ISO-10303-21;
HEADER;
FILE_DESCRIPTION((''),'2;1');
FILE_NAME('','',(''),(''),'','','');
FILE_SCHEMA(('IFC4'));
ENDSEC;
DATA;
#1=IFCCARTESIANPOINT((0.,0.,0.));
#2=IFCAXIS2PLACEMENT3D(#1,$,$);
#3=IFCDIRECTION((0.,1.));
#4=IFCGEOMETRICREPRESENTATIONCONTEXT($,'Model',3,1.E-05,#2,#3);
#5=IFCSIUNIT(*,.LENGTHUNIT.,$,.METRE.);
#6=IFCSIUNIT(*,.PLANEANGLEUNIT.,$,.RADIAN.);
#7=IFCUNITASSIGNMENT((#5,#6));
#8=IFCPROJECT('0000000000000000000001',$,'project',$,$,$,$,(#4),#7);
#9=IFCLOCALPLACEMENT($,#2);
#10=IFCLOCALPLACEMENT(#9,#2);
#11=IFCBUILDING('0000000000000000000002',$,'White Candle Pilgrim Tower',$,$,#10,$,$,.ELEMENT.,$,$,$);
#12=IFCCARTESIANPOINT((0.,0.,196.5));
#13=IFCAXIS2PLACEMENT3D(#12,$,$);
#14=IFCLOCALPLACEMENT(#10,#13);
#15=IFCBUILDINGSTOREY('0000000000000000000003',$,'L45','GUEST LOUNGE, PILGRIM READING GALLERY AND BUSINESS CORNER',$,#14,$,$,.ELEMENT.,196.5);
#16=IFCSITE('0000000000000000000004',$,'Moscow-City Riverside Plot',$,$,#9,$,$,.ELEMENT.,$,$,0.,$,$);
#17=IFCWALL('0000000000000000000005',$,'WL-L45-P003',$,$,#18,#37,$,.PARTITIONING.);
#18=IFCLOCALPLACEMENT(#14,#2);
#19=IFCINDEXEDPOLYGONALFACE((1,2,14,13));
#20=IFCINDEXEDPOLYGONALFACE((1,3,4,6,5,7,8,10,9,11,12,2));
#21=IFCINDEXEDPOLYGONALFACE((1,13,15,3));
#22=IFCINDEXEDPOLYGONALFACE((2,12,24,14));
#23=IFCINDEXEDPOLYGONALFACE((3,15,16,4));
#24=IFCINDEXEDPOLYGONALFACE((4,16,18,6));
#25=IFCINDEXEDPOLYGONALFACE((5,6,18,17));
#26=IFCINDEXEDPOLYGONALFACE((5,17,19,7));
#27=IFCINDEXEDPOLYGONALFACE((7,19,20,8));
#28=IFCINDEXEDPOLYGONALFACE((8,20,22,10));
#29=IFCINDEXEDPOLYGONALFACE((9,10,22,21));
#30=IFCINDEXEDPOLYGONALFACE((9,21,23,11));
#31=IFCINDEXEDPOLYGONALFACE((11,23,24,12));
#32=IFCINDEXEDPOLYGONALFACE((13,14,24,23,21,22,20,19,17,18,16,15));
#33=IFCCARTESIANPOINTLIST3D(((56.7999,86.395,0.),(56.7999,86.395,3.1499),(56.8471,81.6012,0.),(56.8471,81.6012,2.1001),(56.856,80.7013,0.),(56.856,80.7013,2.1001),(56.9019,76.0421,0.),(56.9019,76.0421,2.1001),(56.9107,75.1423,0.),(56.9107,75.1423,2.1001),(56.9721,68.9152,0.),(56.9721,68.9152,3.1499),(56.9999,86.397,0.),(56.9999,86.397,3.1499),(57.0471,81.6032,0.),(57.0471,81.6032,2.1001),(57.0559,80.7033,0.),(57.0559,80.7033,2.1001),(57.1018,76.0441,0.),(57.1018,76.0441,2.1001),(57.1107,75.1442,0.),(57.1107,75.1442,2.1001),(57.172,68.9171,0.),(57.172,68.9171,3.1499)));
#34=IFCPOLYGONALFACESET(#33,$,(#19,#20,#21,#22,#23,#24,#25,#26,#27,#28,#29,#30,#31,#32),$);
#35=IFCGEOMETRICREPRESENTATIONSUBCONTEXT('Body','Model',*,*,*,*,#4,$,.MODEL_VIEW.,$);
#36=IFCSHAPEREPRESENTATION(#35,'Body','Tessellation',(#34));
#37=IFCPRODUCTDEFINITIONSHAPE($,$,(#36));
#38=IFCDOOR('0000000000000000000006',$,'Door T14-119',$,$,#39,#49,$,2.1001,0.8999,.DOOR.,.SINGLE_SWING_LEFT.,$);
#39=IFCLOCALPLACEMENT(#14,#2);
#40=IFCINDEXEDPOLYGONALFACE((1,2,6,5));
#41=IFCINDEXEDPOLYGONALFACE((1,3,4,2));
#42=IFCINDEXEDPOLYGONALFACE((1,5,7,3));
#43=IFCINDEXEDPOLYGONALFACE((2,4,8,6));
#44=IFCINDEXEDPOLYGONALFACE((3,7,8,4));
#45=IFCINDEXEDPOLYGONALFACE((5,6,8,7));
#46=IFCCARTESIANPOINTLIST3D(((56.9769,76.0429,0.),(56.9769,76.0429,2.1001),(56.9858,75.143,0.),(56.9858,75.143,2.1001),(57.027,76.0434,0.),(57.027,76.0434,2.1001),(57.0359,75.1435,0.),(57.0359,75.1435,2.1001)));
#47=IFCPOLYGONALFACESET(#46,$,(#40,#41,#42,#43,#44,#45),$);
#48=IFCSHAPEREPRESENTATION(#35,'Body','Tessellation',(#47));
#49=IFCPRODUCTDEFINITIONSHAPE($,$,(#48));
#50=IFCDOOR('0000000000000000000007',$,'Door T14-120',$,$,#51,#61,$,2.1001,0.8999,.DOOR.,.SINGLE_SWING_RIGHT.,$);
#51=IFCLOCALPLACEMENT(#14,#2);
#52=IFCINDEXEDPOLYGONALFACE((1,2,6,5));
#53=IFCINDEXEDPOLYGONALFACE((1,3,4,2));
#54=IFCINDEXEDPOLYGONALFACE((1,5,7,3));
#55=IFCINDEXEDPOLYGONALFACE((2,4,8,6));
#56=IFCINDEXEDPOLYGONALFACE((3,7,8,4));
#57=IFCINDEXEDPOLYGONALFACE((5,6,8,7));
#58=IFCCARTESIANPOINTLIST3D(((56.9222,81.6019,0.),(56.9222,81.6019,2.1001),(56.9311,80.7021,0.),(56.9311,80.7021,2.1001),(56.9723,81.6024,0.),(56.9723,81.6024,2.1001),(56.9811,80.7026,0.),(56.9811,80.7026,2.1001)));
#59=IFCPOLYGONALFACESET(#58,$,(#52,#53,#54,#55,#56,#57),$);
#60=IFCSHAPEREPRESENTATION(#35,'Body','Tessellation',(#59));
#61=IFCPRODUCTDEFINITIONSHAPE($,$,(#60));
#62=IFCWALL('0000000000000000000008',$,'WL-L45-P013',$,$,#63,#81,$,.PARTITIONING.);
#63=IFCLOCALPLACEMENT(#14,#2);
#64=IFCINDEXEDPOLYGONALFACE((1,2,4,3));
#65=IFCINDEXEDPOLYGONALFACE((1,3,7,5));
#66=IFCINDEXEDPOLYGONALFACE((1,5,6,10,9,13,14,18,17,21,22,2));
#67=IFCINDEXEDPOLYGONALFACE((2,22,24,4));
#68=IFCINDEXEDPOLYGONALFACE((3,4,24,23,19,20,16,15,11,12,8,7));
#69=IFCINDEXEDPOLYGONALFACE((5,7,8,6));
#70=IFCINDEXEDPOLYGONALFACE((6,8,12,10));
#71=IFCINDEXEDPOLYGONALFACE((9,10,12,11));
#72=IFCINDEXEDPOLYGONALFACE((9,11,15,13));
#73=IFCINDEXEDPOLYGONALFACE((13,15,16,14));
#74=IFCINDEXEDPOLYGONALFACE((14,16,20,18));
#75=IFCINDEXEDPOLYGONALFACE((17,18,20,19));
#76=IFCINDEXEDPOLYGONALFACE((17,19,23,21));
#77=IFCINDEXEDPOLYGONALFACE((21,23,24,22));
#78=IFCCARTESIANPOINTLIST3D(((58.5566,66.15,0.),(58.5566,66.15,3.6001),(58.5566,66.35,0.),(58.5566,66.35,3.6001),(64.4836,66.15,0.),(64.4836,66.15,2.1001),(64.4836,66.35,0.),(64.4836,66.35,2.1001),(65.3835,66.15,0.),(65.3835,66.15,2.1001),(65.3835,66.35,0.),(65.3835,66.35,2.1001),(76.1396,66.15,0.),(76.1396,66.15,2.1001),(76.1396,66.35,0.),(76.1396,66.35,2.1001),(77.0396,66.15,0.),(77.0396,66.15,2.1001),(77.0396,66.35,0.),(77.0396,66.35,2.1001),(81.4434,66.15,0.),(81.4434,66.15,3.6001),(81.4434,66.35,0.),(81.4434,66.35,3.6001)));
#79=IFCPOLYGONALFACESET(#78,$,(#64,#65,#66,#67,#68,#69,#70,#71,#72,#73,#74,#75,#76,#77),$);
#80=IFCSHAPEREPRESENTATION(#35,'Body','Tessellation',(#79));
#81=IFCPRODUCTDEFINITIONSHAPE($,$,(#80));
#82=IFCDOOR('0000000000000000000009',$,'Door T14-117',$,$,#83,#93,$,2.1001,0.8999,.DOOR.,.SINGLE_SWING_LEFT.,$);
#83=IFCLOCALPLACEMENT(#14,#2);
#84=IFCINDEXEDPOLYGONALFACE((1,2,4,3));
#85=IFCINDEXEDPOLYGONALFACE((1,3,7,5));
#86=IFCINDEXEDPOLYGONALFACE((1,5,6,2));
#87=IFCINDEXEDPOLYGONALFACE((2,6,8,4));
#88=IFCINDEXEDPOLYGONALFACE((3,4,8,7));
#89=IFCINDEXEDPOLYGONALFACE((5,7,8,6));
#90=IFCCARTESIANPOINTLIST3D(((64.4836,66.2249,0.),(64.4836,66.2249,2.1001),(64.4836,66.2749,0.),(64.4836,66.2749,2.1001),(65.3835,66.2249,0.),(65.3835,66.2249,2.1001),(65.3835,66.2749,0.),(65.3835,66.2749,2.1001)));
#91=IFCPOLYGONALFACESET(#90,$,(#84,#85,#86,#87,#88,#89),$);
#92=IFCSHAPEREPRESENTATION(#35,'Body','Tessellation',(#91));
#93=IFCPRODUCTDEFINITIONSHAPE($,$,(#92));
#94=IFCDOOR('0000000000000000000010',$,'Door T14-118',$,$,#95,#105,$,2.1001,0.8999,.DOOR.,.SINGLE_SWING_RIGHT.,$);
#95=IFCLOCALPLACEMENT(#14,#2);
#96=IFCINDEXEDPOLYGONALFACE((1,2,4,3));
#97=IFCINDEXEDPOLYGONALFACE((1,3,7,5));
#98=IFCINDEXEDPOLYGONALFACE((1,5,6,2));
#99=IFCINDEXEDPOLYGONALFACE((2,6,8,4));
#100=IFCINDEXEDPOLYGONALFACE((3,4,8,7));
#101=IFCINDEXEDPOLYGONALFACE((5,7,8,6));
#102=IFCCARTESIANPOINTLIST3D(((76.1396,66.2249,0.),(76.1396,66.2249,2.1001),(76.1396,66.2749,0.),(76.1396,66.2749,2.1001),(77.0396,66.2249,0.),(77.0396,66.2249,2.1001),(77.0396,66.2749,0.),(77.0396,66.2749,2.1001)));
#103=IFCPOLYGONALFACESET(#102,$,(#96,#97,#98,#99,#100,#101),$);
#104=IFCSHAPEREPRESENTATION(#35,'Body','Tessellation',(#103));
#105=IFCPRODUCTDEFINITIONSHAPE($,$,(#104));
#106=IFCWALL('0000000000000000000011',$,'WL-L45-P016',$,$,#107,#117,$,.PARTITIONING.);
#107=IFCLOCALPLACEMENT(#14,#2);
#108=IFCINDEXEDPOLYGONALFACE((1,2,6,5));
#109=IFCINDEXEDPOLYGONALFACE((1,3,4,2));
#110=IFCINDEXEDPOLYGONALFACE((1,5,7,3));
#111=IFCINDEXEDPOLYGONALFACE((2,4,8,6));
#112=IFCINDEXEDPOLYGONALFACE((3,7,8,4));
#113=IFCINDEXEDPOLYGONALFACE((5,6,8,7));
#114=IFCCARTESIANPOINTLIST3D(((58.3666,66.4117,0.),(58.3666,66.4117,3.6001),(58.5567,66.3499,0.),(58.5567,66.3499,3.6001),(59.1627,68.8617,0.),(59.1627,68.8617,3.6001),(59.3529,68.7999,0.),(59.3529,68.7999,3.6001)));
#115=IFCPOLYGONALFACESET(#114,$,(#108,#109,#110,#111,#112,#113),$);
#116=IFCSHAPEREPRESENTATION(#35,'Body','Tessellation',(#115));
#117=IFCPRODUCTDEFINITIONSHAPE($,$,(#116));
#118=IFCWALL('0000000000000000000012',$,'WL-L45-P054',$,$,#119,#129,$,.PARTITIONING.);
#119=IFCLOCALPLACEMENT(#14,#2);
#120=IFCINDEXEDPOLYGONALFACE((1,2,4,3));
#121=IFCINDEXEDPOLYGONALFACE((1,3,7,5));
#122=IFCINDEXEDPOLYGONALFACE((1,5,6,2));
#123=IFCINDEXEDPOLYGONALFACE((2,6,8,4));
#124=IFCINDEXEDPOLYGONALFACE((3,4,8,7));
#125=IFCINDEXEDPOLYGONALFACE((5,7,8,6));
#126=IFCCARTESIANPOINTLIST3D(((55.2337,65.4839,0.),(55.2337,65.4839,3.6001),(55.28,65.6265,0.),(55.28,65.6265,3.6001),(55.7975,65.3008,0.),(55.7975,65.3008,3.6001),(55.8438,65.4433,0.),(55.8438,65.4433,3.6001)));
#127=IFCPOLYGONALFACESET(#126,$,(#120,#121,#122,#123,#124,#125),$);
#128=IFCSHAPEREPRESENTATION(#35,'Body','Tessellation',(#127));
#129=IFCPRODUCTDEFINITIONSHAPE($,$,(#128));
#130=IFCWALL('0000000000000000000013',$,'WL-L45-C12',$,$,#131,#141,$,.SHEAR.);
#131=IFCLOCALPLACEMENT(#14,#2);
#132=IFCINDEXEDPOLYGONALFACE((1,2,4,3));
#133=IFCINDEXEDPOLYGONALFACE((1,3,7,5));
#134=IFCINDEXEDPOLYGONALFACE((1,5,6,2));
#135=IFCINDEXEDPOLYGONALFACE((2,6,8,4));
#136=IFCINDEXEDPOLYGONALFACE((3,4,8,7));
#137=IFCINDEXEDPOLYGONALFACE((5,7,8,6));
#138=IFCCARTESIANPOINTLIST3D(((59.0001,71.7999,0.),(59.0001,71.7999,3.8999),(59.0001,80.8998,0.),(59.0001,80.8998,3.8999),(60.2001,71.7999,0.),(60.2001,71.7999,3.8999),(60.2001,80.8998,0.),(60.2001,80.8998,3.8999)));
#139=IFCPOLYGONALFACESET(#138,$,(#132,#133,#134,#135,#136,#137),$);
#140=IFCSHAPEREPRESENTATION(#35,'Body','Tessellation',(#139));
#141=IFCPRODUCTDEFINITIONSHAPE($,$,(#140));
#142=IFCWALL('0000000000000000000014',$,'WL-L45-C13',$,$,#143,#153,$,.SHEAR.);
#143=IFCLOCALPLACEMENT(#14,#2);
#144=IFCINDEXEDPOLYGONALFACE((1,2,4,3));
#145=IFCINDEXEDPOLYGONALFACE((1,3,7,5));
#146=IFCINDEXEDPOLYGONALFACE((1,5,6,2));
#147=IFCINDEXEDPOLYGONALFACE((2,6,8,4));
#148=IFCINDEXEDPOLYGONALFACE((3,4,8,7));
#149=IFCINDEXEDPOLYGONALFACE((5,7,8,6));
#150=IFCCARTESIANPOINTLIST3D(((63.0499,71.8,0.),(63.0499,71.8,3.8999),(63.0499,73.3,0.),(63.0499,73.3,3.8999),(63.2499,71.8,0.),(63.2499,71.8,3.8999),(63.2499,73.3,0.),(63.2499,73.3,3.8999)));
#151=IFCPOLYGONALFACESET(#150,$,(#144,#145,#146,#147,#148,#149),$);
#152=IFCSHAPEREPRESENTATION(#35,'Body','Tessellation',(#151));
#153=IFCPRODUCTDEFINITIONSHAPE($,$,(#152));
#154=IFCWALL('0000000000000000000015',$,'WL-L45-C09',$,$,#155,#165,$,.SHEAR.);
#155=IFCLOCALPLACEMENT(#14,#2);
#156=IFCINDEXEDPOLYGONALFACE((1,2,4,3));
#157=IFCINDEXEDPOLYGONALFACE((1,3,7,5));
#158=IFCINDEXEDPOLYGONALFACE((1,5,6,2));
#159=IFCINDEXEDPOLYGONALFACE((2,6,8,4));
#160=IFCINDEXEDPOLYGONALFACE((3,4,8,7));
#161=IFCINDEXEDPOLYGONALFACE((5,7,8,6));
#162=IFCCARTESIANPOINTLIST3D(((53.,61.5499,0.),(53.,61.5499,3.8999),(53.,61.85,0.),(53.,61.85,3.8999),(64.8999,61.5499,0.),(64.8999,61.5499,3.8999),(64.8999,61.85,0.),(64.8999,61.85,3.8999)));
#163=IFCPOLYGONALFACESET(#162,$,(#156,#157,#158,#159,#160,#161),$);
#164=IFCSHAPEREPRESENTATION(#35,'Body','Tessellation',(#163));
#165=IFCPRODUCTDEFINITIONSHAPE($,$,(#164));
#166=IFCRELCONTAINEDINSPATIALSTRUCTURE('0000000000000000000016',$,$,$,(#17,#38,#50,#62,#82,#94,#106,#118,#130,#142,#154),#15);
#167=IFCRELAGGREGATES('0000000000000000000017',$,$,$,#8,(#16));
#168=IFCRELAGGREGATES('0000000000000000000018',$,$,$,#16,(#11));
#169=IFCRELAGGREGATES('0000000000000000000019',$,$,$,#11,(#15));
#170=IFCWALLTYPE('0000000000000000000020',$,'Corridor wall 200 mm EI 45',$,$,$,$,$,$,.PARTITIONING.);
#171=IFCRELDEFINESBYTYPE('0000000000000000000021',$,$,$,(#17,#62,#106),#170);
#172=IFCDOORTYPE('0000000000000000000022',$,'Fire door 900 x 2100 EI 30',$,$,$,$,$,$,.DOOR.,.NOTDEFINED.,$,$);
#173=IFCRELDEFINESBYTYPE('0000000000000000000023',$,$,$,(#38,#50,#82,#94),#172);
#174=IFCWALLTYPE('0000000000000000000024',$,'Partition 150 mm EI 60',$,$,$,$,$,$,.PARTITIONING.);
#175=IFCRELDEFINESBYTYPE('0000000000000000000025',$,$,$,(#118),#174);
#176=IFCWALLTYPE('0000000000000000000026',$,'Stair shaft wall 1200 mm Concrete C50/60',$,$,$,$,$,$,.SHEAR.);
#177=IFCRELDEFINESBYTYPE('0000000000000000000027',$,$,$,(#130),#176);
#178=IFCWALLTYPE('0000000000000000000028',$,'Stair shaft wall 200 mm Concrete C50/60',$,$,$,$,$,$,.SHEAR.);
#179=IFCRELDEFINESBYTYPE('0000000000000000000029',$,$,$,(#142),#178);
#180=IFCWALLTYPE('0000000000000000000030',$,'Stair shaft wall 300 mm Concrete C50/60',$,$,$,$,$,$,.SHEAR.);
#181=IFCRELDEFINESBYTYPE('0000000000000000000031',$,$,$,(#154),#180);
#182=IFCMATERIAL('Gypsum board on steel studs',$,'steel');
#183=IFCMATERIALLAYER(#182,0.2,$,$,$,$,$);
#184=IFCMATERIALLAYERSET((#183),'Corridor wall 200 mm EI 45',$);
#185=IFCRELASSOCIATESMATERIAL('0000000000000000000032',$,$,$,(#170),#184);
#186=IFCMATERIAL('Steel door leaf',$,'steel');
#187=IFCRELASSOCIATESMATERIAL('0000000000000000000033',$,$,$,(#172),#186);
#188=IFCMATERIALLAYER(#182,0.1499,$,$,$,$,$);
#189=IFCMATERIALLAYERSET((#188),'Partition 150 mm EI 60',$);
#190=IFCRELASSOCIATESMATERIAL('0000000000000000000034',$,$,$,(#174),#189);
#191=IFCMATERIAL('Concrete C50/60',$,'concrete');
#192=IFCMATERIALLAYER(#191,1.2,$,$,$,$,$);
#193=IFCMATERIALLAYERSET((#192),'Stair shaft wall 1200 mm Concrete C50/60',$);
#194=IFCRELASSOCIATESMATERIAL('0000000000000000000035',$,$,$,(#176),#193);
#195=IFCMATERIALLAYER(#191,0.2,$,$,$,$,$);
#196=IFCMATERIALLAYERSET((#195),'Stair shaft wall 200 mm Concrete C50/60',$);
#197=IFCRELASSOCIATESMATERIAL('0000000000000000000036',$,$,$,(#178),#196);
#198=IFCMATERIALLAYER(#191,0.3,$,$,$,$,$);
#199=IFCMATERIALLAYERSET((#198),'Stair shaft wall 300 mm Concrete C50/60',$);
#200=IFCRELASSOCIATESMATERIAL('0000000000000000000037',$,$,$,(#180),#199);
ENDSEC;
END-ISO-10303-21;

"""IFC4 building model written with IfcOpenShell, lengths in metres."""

from ifc_helpers import new_model, si_unit, direction, frame, frame_2d, origin, place, context, subcontext, project, spatial, rectangle, extrude, material, layer, layer_set, type_object, element, fill, save


model = new_model("IFC4")

# Units and contexts
model_context = context("Model", 3, precision=1e-05, world=origin(), true_north=direction((0.0, 1.0)))
body_context = subcontext(model_context, "Body", "Model", "MODEL_VIEW")
ifc_project = project(units=[si_unit("LENGTHUNIT", "METRE"), si_unit("PLANEANGLEUNIT", "RADIAN")], contexts=[model_context])

# Site, building, storey
site_placement = place(None, origin())
site = spatial("IfcSite", under=ifc_project, at=site_placement, Name="Moscow-City Riverside Plot", CompositionType="ELEMENT", RefElevation=0.0)
building_placement = place(site_placement, origin())
building = spatial("IfcBuilding", under=site, at=building_placement, Name="White Candle Pilgrim Tower", CompositionType="ELEMENT")
storey_placement = place(building_placement, frame((0.0, 0.0, 196.5)))
storey = spatial("IfcBuildingStorey", under=building, at=storey_placement, Name="L45", Description="GUEST LOUNGE, PILGRIM READING GALLERY AND BUSINESS CORNER", CompositionType="ELEMENT", Elevation=196.5)

# Shared definitions
ifc_material_1 = material(Name="Concrete C50/60", Category="concrete")

# Shared definitions
ifc_material_2 = material(Name="Gypsum board on steel studs", Category="steel")
ifc_layer_1 = layer(ifc_material_2, 0.2)
ifc_layer_set_1 = layer_set([ifc_layer_1], Name="Corridor wall 200 mm EI 45")
wall_type_1 = type_object("IfcWallType", Name="Corridor wall 200 mm EI 45", PredefinedType="PARTITIONING", material=ifc_layer_set_1)

# Walls, openings, doors
wall_1_placement = place(storey_placement, frame((57.072, 68.9163, 0.0), z_axis=(0.0, 0.0, 1.0), x_axis=(-0.009846, 0.999952, 0.0)))
wall_1 = element("IfcWall", 1, at=wall_1_placement, inside=storey, type_object=wall_type_1, Name="WL-L45-P003", PredefinedType="PARTITIONING", context=body_context, shape_type="SweptSolid", body=[
    extrude(rectangle(XDim=17.4807, YDim=0.2, at=frame_2d((8.7402, 0.0))), origin(), (0.0, 0.0, 1.0), 3.1499),
])
opening_1_placement = place(wall_1_placement, frame((6.2273, 0.0, 0.0)))
opening_1 = element("IfcOpeningElement", 2, at=opening_1_placement, cuts=wall_1, PredefinedType="OPENING", context=body_context, shape_type="SweptSolid", body=[
    extrude(rectangle(XDim=0.8999, YDim=2.1001, at=frame_2d((0.45, 1.05))), frame((0.0, 0.1099, 0.0), z_axis=(0.0, -1.0, 0.0), x_axis=(1.0, 0.0, 0.0)), (0.0, 0.0, 1.0), 0.22),
])
opening_2_placement = place(wall_1_placement, frame((11.7866, 0.0, 0.0)))
opening_2 = element("IfcOpeningElement", 3, at=opening_2_placement, cuts=wall_1, PredefinedType="OPENING", context=body_context, shape_type="SweptSolid", body=[
    extrude(rectangle(XDim=0.8999, YDim=2.1001, at=frame_2d((0.45, 1.05))), frame((0.0, 0.1099, 0.0), z_axis=(0.0, -1.0, 0.0), x_axis=(1.0, 0.0, 0.0)), (0.0, 0.0, 1.0), 0.22),
])
ifc_material_3 = material(Name="Steel door leaf", Category="steel")
door_type_1 = type_object("IfcDoorType", Name="Fire door 900 x 2100 EI 30", OperationType="NOTDEFINED", PredefinedType="DOOR", material=ifc_material_3)
door_1_placement = place(opening_1_placement, origin())
door_1 = element("IfcDoor", 4, at=door_1_placement, inside=storey, type_object=door_type_1, Name="Door T14-119", OperationType="SINGLE_SWING_LEFT", OverallHeight=2.1001, OverallWidth=0.8999, PredefinedType="DOOR", context=body_context, shape_type="SweptSolid", body=[
    extrude(rectangle(XDim=0.8999, YDim=2.1001, at=frame_2d((0.45, 1.05))), frame((0.0, 0.0249, 0.0), z_axis=(0.0, -1.0, 0.0), x_axis=(1.0, 0.0, 0.0)), (0.0, 0.0, 1.0), 0.05),
])
fill(opening_1, door_1)
door_2_placement = place(opening_2_placement, origin())
door_2 = element("IfcDoor", 5, at=door_2_placement, inside=storey, type_object=door_type_1, Name="Door T14-120", OperationType="SINGLE_SWING_RIGHT", OverallHeight=2.1001, OverallWidth=0.8999, PredefinedType="DOOR", context=body_context, shape_type="SweptSolid", body=[
    extrude(rectangle(XDim=0.8999, YDim=2.1001, at=frame_2d((0.45, 1.05))), frame((0.0, 0.0249, 0.0), z_axis=(0.0, -1.0, 0.0), x_axis=(1.0, 0.0, 0.0)), (0.0, 0.0, 1.0), 0.05),
])
fill(opening_2, door_2)
wall_2_placement = place(storey_placement, frame((58.5566, 66.25, 0.0), z_axis=(0.0, 0.0, 1.0), x_axis=(1.0, 0.0, 0.0)))
wall_2 = element("IfcWall", 6, at=wall_2_placement, inside=storey, type_object=wall_type_1, Name="WL-L45-P013", PredefinedType="PARTITIONING", context=body_context, shape_type="SweptSolid", body=[
    extrude(rectangle(XDim=22.8867, YDim=0.2, at=frame_2d((11.4434, 0.0))), origin(), (0.0, 0.0, 1.0), 3.6001),
])
opening_3_placement = place(wall_2_placement, frame((5.927, 0.0, 0.0)))
opening_3 = element("IfcOpeningElement", 7, at=opening_3_placement, cuts=wall_2, PredefinedType="OPENING", context=body_context, shape_type="SweptSolid", body=[
    extrude(rectangle(XDim=0.8999, YDim=2.1001, at=frame_2d((0.45, 1.05))), frame((0.0, 0.1099, 0.0), z_axis=(0.0, -1.0, 0.0), x_axis=(1.0, 0.0, 0.0)), (0.0, 0.0, 1.0), 0.22),
])
opening_4_placement = place(wall_2_placement, frame((17.583, 0.0, 0.0)))
opening_4 = element("IfcOpeningElement", 8, at=opening_4_placement, cuts=wall_2, PredefinedType="OPENING", context=body_context, shape_type="SweptSolid", body=[
    extrude(rectangle(XDim=0.8999, YDim=2.1001, at=frame_2d((0.45, 1.05))), frame((0.0, 0.1099, 0.0), z_axis=(0.0, -1.0, 0.0), x_axis=(1.0, 0.0, 0.0)), (0.0, 0.0, 1.0), 0.22),
])
door_3_placement = place(opening_3_placement, origin())
door_3 = element("IfcDoor", 9, at=door_3_placement, inside=storey, type_object=door_type_1, Name="Door T14-117", OperationType="SINGLE_SWING_LEFT", OverallHeight=2.1001, OverallWidth=0.8999, PredefinedType="DOOR", context=body_context, shape_type="SweptSolid", body=[
    extrude(rectangle(XDim=0.8999, YDim=2.1001, at=frame_2d((0.45, 1.05))), frame((0.0, 0.0249, 0.0), z_axis=(0.0, -1.0, 0.0), x_axis=(1.0, 0.0, 0.0)), (0.0, 0.0, 1.0), 0.05),
])
fill(opening_3, door_3)
door_4_placement = place(opening_4_placement, origin())
door_4 = element("IfcDoor", 10, at=door_4_placement, inside=storey, type_object=door_type_1, Name="Door T14-118", OperationType="SINGLE_SWING_RIGHT", OverallHeight=2.1001, OverallWidth=0.8999, PredefinedType="DOOR", context=body_context, shape_type="SweptSolid", body=[
    extrude(rectangle(XDim=0.8999, YDim=2.1001, at=frame_2d((0.45, 1.05))), frame((0.0, 0.0249, 0.0), z_axis=(0.0, -1.0, 0.0), x_axis=(1.0, 0.0, 0.0)), (0.0, 0.0, 1.0), 0.05),
])
fill(opening_4, door_4)

# Walls
wall_3_placement = place(storey_placement, frame((59.2578, 68.8308, 0.0), z_axis=(0.0, 0.0, 1.0), x_axis=(-0.309054, -0.951045, 0.0)))
element("IfcWall", 11, at=wall_3_placement, inside=storey, type_object=wall_type_1, Name="WL-L45-P016", PredefinedType="PARTITIONING", context=body_context, shape_type="SweptSolid", body=[
    extrude(rectangle(XDim=2.5762, YDim=0.2, at=frame_2d((1.2881, 0.0))), origin(), (0.0, 0.0, 1.0), 3.6001),
])
ifc_layer_2 = layer(ifc_material_2, 0.1499)
ifc_layer_set_2 = layer_set([ifc_layer_2], Name="Partition 150 mm EI 60")
wall_type_2 = type_object("IfcWallType", Name="Partition 150 mm EI 60", PredefinedType="PARTITIONING", material=ifc_layer_set_2)
wall_4_placement = place(storey_placement, frame((55.2568, 65.5552, 0.0), z_axis=(0.0, 0.0, 1.0), x_axis=(0.951086, -0.308928, 0.0)))
element("IfcWall", 12, at=wall_4_placement, inside=storey, type_object=wall_type_2, Name="WL-L45-P054", PredefinedType="PARTITIONING", context=body_context, shape_type="SweptSolid", body=[
    extrude(rectangle(XDim=0.5928, YDim=0.1499, at=frame_2d((0.2964, 0.0))), origin(), (0.0, 0.0, 1.0), 3.6001),
])
ifc_layer_3 = layer(ifc_material_1, 1.2)
ifc_layer_set_3 = layer_set([ifc_layer_3], Name="Stair shaft wall 1200 mm Concrete C50/60")
wall_type_3 = type_object("IfcWallType", Name="Stair shaft wall 1200 mm Concrete C50/60", PredefinedType="SHEAR", material=ifc_layer_set_3)
wall_5_placement = place(storey_placement, frame((59.6001, 71.8, 0.0), z_axis=(0.0, 0.0, 1.0), x_axis=(0.0, 1.0, 0.0)))
element("IfcWall", 13, at=wall_5_placement, inside=storey, type_object=wall_type_3, Name="WL-L45-C12", PredefinedType="SHEAR", context=body_context, shape_type="SweptSolid", body=[
    extrude(rectangle(XDim=9.0999, YDim=1.2, at=frame_2d((4.5498, 0.0))), origin(), (0.0, 0.0, 1.0), 3.8999),
])
ifc_layer_4 = layer(ifc_material_1, 0.2)
ifc_layer_set_4 = layer_set([ifc_layer_4], Name="Stair shaft wall 200 mm Concrete C50/60")
wall_type_4 = type_object("IfcWallType", Name="Stair shaft wall 200 mm Concrete C50/60", PredefinedType="SHEAR", material=ifc_layer_set_4)
wall_6_placement = place(storey_placement, frame((63.1499, 71.8, 0.0), z_axis=(0.0, 0.0, 1.0), x_axis=(0.0, 1.0, 0.0)))
element("IfcWall", 14, at=wall_6_placement, inside=storey, type_object=wall_type_4, Name="WL-L45-C13", PredefinedType="SHEAR", context=body_context, shape_type="SweptSolid", body=[
    extrude(rectangle(XDim=1.5, YDim=0.2, at=frame_2d((0.75, 0.0))), origin(), (0.0, 0.0, 1.0), 3.8999),
])
ifc_layer_5 = layer(ifc_material_1, 0.3)
ifc_layer_set_5 = layer_set([ifc_layer_5], Name="Stair shaft wall 300 mm Concrete C50/60")
wall_type_5 = type_object("IfcWallType", Name="Stair shaft wall 300 mm Concrete C50/60", PredefinedType="SHEAR", material=ifc_layer_set_5)
wall_7_placement = place(storey_placement, frame((53.0, 61.7, 0.0), z_axis=(0.0, 0.0, 1.0), x_axis=(1.0, 0.0, 0.0)))
element("IfcWall", 15, at=wall_7_placement, inside=storey, type_object=wall_type_5, Name="WL-L45-C09", PredefinedType="SHEAR", context=body_context, shape_type="SweptSolid", body=[
    extrude(rectangle(XDim=11.8999, YDim=0.3, at=frame_2d((5.95, 0.0))), origin(), (0.0, 0.0, 1.0), 3.8999),
])

save(model, "model.ifc")
